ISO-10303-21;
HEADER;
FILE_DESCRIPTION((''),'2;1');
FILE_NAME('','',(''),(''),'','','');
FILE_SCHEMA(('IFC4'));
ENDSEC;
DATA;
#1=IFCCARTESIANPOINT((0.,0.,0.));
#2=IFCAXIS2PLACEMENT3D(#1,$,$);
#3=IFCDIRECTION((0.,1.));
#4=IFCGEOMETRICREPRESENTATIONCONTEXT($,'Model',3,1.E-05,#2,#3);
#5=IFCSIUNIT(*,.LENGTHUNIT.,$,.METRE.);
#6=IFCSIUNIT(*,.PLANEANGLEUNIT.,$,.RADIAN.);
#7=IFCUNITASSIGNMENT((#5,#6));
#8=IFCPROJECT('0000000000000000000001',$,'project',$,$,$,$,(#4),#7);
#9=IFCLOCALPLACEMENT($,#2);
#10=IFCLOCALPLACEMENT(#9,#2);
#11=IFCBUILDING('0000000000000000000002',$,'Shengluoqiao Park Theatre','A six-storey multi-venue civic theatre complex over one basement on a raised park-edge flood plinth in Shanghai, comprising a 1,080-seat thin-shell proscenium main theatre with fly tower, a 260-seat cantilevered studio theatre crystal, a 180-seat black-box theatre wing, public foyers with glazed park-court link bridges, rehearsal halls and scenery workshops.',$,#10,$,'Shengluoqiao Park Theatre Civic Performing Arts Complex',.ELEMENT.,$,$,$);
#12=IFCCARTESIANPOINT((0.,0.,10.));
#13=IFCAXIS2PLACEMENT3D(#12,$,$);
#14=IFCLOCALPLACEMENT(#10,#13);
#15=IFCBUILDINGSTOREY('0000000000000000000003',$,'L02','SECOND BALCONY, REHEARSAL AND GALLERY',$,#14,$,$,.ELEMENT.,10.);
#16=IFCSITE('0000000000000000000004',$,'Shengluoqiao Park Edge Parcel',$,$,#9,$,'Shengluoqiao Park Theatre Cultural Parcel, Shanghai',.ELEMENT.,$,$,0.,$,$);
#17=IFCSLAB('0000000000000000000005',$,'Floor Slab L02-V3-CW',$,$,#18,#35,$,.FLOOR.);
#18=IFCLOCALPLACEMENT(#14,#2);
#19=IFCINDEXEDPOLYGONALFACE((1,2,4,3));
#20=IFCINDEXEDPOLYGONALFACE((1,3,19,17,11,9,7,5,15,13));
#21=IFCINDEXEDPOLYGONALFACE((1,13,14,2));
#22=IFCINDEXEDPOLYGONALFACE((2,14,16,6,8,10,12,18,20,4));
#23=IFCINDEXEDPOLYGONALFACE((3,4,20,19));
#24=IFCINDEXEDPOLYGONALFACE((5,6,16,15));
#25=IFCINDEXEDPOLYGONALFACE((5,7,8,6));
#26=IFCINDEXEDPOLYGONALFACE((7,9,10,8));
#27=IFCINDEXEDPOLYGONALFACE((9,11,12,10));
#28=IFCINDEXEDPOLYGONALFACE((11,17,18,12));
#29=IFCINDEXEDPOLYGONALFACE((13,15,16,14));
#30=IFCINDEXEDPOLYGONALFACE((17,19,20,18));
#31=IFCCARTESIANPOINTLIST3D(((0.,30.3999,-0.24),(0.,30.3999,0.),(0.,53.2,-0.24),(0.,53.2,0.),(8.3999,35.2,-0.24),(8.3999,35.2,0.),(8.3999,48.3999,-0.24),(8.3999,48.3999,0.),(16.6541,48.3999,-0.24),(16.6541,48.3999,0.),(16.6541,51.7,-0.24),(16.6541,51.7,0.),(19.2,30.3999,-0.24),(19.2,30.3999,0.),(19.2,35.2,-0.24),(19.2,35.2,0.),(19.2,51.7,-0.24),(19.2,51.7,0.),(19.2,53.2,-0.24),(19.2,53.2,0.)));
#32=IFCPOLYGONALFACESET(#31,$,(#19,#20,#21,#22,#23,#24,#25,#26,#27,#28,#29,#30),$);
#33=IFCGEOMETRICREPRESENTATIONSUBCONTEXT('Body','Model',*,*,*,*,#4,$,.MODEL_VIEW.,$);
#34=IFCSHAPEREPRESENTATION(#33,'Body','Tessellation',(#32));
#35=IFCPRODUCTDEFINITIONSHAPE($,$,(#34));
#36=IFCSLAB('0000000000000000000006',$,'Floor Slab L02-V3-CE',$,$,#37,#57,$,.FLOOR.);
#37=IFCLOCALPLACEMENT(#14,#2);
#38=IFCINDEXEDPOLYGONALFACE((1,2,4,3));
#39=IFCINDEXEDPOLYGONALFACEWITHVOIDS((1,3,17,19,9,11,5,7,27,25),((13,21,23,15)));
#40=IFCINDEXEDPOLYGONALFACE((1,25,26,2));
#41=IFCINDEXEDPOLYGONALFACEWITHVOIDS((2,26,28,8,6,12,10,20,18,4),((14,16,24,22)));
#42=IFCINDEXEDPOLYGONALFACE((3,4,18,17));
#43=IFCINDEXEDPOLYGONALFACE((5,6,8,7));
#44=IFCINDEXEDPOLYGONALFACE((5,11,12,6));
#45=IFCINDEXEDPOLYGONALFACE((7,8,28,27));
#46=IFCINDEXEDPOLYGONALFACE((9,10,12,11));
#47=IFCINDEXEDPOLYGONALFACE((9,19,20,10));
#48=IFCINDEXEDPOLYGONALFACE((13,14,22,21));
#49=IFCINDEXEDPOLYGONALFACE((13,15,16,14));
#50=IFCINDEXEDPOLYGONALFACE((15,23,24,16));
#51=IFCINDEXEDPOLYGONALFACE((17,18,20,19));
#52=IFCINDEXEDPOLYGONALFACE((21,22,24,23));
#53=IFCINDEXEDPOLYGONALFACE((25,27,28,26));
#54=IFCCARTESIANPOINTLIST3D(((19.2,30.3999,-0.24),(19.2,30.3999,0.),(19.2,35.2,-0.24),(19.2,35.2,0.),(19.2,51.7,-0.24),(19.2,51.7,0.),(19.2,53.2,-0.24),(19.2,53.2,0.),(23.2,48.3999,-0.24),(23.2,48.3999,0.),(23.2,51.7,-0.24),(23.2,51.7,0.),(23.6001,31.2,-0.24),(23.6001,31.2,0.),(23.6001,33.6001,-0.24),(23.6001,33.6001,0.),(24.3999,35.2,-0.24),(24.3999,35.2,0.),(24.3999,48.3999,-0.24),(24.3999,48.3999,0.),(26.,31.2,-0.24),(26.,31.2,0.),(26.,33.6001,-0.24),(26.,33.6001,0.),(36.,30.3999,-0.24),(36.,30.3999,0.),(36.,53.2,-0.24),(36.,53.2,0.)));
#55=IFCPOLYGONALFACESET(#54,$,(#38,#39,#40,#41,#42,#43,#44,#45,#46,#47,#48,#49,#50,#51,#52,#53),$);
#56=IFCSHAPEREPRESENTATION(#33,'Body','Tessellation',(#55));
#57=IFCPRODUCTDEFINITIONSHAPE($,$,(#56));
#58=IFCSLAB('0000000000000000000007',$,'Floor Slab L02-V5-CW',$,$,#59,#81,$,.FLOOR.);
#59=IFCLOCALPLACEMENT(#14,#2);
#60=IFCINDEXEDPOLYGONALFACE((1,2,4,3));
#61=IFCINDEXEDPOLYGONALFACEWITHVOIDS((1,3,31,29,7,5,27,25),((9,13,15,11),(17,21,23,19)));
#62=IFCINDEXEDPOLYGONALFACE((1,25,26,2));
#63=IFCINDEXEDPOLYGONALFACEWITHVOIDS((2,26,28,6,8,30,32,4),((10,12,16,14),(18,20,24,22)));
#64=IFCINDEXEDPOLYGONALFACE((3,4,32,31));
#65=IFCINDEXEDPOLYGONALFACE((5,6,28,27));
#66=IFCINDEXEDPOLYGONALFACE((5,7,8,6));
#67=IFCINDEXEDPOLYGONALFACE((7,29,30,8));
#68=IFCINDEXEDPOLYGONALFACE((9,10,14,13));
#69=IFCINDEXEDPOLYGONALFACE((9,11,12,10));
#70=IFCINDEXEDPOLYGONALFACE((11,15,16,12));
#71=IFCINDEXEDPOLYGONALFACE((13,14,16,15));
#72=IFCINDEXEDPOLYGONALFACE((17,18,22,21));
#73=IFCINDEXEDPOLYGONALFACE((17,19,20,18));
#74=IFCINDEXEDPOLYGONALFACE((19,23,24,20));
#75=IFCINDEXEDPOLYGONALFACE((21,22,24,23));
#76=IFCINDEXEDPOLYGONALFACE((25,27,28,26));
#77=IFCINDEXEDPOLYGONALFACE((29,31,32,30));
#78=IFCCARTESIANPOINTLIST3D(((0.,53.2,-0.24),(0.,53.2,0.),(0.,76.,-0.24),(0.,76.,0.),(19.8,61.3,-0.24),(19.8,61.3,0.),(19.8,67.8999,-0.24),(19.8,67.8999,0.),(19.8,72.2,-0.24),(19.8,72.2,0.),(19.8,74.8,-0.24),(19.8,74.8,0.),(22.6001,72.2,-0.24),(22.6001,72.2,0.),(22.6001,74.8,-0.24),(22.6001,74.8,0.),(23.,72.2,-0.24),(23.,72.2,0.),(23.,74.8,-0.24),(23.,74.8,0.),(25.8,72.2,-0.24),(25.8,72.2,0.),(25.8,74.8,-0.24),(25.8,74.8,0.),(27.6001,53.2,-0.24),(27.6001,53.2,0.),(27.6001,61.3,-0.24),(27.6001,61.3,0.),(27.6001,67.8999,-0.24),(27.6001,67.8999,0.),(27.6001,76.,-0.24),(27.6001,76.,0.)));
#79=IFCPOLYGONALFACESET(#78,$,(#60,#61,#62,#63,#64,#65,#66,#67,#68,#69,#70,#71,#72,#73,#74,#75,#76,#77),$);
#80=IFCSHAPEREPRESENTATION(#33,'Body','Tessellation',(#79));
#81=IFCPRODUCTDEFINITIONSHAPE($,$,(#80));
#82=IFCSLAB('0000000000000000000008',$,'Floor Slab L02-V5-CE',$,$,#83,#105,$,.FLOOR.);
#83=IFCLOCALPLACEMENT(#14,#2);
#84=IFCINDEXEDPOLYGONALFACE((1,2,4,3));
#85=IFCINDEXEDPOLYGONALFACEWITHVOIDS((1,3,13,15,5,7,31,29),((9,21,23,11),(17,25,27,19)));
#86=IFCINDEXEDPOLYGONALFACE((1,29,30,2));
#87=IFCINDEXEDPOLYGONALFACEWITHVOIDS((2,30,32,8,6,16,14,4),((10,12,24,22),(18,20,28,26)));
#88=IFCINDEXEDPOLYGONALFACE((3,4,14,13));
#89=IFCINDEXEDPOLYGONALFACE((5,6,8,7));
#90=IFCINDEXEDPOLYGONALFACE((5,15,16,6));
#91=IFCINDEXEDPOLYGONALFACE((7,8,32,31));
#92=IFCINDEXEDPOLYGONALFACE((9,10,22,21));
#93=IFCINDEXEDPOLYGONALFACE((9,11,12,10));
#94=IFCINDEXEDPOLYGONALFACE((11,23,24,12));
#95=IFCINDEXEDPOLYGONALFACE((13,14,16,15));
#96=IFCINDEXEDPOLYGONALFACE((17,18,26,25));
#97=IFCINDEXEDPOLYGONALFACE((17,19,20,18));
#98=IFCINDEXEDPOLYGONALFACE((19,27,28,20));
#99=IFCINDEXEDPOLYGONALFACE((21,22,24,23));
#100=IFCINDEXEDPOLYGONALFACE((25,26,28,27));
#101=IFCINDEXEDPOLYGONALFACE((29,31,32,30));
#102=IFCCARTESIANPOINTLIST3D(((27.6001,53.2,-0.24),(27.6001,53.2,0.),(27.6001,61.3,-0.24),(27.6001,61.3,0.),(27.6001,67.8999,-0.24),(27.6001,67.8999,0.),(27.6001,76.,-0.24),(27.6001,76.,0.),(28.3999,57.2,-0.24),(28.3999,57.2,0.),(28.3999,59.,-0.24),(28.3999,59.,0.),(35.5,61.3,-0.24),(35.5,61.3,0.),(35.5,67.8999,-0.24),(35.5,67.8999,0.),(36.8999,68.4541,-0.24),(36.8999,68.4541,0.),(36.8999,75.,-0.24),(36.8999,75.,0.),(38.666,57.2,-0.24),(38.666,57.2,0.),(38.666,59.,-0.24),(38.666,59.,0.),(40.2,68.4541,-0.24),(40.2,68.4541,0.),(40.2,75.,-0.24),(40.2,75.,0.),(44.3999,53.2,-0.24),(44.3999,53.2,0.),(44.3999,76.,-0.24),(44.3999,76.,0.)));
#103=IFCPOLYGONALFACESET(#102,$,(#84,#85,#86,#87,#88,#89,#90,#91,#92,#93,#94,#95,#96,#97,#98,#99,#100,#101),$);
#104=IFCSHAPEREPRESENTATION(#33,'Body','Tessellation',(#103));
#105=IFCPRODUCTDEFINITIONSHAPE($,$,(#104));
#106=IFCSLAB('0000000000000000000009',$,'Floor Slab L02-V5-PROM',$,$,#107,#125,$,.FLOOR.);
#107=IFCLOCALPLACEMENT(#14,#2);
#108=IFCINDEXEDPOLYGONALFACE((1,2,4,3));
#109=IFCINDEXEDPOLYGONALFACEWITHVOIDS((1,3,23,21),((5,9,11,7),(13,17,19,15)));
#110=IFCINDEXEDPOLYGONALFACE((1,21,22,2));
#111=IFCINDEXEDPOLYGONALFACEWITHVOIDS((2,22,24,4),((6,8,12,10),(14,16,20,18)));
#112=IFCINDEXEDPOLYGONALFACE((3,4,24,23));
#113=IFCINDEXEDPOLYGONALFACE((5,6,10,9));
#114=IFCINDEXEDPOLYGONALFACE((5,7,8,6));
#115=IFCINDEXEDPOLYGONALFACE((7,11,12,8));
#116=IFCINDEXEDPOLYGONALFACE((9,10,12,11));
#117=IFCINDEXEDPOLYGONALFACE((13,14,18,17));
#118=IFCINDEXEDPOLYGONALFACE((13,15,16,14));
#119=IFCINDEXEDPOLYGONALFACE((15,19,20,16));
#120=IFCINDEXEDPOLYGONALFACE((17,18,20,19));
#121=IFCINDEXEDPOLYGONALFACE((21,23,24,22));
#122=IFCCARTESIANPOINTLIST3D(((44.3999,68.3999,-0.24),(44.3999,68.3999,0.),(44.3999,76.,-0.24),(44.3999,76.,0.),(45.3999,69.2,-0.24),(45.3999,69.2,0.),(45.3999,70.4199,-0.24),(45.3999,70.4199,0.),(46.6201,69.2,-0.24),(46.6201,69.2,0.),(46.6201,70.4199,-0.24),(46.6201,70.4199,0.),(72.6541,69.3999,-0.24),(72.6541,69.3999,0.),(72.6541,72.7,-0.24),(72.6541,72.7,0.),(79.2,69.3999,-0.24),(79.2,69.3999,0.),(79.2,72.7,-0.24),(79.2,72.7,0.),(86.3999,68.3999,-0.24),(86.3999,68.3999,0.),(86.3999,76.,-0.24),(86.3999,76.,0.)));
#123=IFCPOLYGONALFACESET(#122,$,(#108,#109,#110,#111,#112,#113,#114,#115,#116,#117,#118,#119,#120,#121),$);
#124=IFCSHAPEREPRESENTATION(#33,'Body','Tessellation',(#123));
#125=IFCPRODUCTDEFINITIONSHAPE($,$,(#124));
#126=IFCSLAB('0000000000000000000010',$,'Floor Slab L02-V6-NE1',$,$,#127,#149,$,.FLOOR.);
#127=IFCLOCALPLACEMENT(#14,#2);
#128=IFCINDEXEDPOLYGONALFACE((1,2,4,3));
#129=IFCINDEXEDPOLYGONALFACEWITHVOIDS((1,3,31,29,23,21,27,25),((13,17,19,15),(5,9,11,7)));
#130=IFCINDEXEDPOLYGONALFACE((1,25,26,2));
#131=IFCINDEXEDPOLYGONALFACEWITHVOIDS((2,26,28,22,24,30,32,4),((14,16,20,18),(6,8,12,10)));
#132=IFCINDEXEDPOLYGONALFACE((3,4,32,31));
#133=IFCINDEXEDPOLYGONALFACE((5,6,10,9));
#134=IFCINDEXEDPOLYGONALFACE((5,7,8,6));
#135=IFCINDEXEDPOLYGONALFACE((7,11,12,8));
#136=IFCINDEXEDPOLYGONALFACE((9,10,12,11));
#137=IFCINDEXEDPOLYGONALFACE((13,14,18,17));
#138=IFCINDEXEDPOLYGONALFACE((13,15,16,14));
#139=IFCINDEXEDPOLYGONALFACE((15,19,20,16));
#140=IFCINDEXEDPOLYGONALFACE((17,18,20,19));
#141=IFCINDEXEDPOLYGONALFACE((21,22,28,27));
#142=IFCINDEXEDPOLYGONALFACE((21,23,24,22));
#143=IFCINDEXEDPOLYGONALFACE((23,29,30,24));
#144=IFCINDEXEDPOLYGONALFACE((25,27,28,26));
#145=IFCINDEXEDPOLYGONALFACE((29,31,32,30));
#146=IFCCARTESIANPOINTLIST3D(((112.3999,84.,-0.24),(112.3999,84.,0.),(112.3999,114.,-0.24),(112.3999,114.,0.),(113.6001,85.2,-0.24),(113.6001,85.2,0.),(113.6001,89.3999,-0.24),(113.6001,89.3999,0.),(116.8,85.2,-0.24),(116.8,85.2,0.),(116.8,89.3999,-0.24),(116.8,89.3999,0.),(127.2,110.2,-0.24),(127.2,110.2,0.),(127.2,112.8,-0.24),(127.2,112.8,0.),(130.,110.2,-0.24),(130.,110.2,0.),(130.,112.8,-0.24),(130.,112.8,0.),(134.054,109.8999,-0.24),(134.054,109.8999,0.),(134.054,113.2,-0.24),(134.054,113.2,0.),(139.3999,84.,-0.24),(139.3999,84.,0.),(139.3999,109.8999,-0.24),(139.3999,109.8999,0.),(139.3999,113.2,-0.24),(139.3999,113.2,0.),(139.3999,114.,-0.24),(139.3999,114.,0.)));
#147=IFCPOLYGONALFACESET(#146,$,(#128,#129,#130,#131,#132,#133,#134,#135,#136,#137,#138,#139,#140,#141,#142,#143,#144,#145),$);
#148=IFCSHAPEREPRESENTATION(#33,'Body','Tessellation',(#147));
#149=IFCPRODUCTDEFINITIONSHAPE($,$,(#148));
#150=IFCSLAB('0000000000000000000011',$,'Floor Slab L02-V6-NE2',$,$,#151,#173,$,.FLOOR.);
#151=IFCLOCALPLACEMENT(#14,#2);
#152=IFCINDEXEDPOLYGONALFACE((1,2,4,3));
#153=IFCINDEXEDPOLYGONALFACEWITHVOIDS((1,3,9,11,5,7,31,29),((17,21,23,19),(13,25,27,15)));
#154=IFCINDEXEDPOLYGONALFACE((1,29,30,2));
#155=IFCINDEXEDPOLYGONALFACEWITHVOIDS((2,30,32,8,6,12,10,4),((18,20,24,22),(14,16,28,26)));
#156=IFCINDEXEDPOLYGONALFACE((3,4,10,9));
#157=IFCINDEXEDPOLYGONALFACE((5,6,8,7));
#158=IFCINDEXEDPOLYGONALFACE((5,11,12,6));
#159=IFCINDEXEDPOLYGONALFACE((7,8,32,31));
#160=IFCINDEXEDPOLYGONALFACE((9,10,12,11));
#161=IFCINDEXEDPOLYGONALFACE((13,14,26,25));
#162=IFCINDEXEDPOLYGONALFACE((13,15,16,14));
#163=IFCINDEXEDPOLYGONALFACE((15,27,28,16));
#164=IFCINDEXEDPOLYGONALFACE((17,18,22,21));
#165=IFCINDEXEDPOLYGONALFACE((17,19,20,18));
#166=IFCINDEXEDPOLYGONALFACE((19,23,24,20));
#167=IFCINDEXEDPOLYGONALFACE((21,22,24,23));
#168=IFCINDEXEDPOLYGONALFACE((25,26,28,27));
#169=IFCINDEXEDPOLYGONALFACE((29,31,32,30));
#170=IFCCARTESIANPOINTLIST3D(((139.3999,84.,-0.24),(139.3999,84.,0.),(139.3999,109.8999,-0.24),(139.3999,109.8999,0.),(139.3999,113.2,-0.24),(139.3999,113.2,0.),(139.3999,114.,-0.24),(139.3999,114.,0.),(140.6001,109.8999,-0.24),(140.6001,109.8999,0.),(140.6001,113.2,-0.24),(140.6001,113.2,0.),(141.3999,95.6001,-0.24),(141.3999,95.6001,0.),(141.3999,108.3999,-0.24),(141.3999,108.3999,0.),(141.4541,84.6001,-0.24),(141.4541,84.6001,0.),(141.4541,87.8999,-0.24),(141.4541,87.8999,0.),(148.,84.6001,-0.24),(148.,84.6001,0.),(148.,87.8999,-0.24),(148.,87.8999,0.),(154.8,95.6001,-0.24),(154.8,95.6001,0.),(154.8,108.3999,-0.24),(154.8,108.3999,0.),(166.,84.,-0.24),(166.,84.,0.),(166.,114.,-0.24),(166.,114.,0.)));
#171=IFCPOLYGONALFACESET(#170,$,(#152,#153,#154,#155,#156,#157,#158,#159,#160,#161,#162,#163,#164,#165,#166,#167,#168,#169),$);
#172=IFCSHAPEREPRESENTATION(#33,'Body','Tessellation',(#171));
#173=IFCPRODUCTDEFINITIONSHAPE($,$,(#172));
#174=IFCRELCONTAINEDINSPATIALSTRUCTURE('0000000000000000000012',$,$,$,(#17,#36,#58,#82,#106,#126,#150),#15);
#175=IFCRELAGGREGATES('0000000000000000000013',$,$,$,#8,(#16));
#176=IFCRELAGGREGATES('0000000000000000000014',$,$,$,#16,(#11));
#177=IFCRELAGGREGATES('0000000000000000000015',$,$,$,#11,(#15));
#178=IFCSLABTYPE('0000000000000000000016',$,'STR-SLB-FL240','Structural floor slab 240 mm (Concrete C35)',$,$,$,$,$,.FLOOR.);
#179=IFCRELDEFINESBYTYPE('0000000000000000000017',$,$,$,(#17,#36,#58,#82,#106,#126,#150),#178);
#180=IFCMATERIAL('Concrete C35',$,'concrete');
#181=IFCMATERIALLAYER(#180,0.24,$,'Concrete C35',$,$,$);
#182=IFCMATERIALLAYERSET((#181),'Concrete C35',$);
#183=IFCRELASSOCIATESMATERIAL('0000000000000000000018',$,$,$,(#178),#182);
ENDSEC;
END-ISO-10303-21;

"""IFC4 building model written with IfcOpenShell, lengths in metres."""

from ifc_helpers import new_model, si_unit, direction, frame, origin, place, context, subcontext, project, spatial, polyline, outline, extrude, material, layer, layer_set, type_object, element, save


model = new_model("IFC4")

# Units and contexts
model_context = context("Model", 3, precision=1e-05, world=origin(), true_north=direction((0.0, 1.0)))
body_context = subcontext(model_context, "Body", "Model", "MODEL_VIEW")
ifc_project = project(units=[si_unit("LENGTHUNIT", "METRE"), si_unit("PLANEANGLEUNIT", "RADIAN")], contexts=[model_context])

# Site, building, storey
site_placement = place(None, origin())
site = spatial("IfcSite", under=ifc_project, at=site_placement, Name="Shengluoqiao Park Edge Parcel", LongName="Shengluoqiao Park Theatre Cultural Parcel, Shanghai", CompositionType="ELEMENT", RefElevation=0.0)
building_placement = place(site_placement, origin())
building = spatial("IfcBuilding", under=site, at=building_placement, Name="Shengluoqiao Park Theatre", Description="A six-storey multi-venue civic theatre complex over one basement on a raised park-edge flood plinth in Shanghai, comprising a 1,080-seat thin-shell proscenium main theatre with fly tower, a 260-seat cantilevered studio theatre crystal, a 180-seat black-box theatre wing, public foyers with glazed park-court link bridges, rehearsal halls and scenery workshops.", LongName="Shengluoqiao Park Theatre Civic Performing Arts Complex", CompositionType="ELEMENT")
storey_placement = place(building_placement, frame((0.0, 0.0, 10.0)))
storey = spatial("IfcBuildingStorey", under=building, at=storey_placement, Name="L02", Description="SECOND BALCONY, REHEARSAL AND GALLERY", CompositionType="ELEMENT", Elevation=10.0)

# Slabs
ifc_material_1 = material(Name="Concrete C35", Category="concrete")
ifc_layer_1 = layer(ifc_material_1, 0.24, Name="Concrete C35")
ifc_layer_set_1 = layer_set([ifc_layer_1], Name="Concrete C35")
slab_type_1 = type_object("IfcSlabType", Name="STR-SLB-FL240", Description="Structural floor slab 240 mm (Concrete C35)", PredefinedType="FLOOR", material=ifc_layer_set_1)
slab_1_placement = place(storey_placement, frame((0.0, 0.0, -0.24)))
element("IfcSlab", 1, at=slab_1_placement, inside=storey, type_object=slab_type_1, Name="Floor Slab L02-V3-CW", PredefinedType="FLOOR", context=body_context, shape_type="SweptSolid", body=[
    extrude(outline(polyline([(19.2, 30.3999), (0.0, 30.3999), (0.0, 53.2), (19.2, 53.2), (19.2, 51.7), (16.6541, 51.7), (16.6541, 48.3999), (8.3999, 48.3999), (8.3999, 35.2), (19.2, 35.2), (19.2, 30.3999)])), origin(), (0.0, 0.0, 1.0), 0.24),
])
slab_2_placement = place(storey_placement, frame((0.0, 0.0, -0.24)))
element("IfcSlab", 2, at=slab_2_placement, inside=storey, type_object=slab_type_1, Name="Floor Slab L02-V3-CE", PredefinedType="FLOOR", context=body_context, shape_type="SweptSolid", body=[
    extrude(outline(polyline([(19.2, 53.2), (36.0, 53.2), (36.0, 30.3999), (19.2, 30.3999), (19.2, 35.2), (24.3999, 35.2), (24.3999, 48.3999), (23.2, 48.3999), (23.2, 51.7), (19.2, 51.7), (19.2, 53.2)]), holes=[polyline([(26.0, 31.2), (26.0, 33.6001), (23.6001, 33.6001), (23.6001, 31.2), (26.0, 31.2)])]), origin(), (0.0, 0.0, 1.0), 0.24),
])
slab_3_placement = place(storey_placement, frame((0.0, 0.0, -0.24)))
element("IfcSlab", 3, at=slab_3_placement, inside=storey, type_object=slab_type_1, Name="Floor Slab L02-V5-CW", PredefinedType="FLOOR", context=body_context, shape_type="SweptSolid", body=[
    extrude(outline(polyline([(27.6001, 53.2), (0.0, 53.2), (0.0, 76.0), (27.6001, 76.0), (27.6001, 67.8999), (19.8, 67.8999), (19.8, 61.3), (27.6001, 61.3), (27.6001, 53.2)]), holes=[polyline([(25.8, 72.2), (25.8, 74.8), (23.0, 74.8), (23.0, 72.2), (25.8, 72.2)]), polyline([(22.6001, 72.2), (22.6001, 74.8), (19.8, 74.8), (19.8, 72.2), (22.6001, 72.2)])]), origin(), (0.0, 0.0, 1.0), 0.24),
])
slab_4_placement = place(storey_placement, frame((0.0, 0.0, -0.24)))
element("IfcSlab", 4, at=slab_4_placement, inside=storey, type_object=slab_type_1, Name="Floor Slab L02-V5-CE", PredefinedType="FLOOR", context=body_context, shape_type="SweptSolid", body=[
    extrude(outline(polyline([(27.6001, 76.0), (44.3999, 76.0), (44.3999, 53.2), (27.6001, 53.2), (27.6001, 61.3), (35.5, 61.3), (35.5, 67.8999), (27.6001, 67.8999), (27.6001, 76.0)]), holes=[polyline([(38.666, 57.2), (38.666, 59.0), (28.3999, 59.0), (28.3999, 57.2), (38.666, 57.2)]), polyline([(40.2, 68.4541), (40.2, 75.0), (36.8999, 75.0), (36.8999, 68.4541), (40.2, 68.4541)])]), origin(), (0.0, 0.0, 1.0), 0.24),
])
slab_5_placement = place(storey_placement, frame((0.0, 0.0, -0.24)))
element("IfcSlab", 5, at=slab_5_placement, inside=storey, type_object=slab_type_1, Name="Floor Slab L02-V5-PROM", PredefinedType="FLOOR", context=body_context, shape_type="SweptSolid", body=[
    extrude(outline(polyline([(44.3999, 68.3999), (44.3999, 76.0), (86.3999, 76.0), (86.3999, 68.3999), (44.3999, 68.3999)]), holes=[polyline([(46.6201, 69.2), (46.6201, 70.4199), (45.3999, 70.4199), (45.3999, 69.2), (46.6201, 69.2)]), polyline([(72.6541, 69.3999), (79.2, 69.3999), (79.2, 72.7), (72.6541, 72.7), (72.6541, 69.3999)])]), origin(), (0.0, 0.0, 1.0), 0.24),
])
slab_6_placement = place(storey_placement, frame((0.0, 0.0, -0.24)))
element("IfcSlab", 6, at=slab_6_placement, inside=storey, type_object=slab_type_1, Name="Floor Slab L02-V6-NE1", PredefinedType="FLOOR", context=body_context, shape_type="SweptSolid", body=[
    extrude(outline(polyline([(139.3999, 84.0), (112.3999, 84.0), (112.3999, 114.0), (139.3999, 114.0), (139.3999, 113.2), (134.054, 113.2), (134.054, 109.8999), (139.3999, 109.8999), (139.3999, 84.0)]), holes=[polyline([(116.8, 85.2), (116.8, 89.3999), (113.6001, 89.3999), (113.6001, 85.2), (116.8, 85.2)]), polyline([(130.0, 110.2), (130.0, 112.8), (127.2, 112.8), (127.2, 110.2), (130.0, 110.2)])]), origin(), (0.0, 0.0, 1.0), 0.24),
])
slab_7_placement = place(storey_placement, frame((0.0, 0.0, -0.24)))
element("IfcSlab", 7, at=slab_7_placement, inside=storey, type_object=slab_type_1, Name="Floor Slab L02-V6-NE2", PredefinedType="FLOOR", context=body_context, shape_type="SweptSolid", body=[
    extrude(outline(polyline([(139.3999, 114.0), (166.0, 114.0), (166.0, 84.0), (139.3999, 84.0), (139.3999, 109.8999), (140.6001, 109.8999), (140.6001, 113.2), (139.3999, 113.2), (139.3999, 114.0)]), holes=[polyline([(141.4541, 84.6001), (148.0, 84.6001), (148.0, 87.8999), (141.4541, 87.8999), (141.4541, 84.6001)]), polyline([(154.8, 95.6001), (154.8, 108.3999), (141.3999, 108.3999), (141.3999, 95.6001), (154.8, 95.6001)])]), origin(), (0.0, 0.0, 1.0), 0.24),
])

save(model, "model.ifc")
